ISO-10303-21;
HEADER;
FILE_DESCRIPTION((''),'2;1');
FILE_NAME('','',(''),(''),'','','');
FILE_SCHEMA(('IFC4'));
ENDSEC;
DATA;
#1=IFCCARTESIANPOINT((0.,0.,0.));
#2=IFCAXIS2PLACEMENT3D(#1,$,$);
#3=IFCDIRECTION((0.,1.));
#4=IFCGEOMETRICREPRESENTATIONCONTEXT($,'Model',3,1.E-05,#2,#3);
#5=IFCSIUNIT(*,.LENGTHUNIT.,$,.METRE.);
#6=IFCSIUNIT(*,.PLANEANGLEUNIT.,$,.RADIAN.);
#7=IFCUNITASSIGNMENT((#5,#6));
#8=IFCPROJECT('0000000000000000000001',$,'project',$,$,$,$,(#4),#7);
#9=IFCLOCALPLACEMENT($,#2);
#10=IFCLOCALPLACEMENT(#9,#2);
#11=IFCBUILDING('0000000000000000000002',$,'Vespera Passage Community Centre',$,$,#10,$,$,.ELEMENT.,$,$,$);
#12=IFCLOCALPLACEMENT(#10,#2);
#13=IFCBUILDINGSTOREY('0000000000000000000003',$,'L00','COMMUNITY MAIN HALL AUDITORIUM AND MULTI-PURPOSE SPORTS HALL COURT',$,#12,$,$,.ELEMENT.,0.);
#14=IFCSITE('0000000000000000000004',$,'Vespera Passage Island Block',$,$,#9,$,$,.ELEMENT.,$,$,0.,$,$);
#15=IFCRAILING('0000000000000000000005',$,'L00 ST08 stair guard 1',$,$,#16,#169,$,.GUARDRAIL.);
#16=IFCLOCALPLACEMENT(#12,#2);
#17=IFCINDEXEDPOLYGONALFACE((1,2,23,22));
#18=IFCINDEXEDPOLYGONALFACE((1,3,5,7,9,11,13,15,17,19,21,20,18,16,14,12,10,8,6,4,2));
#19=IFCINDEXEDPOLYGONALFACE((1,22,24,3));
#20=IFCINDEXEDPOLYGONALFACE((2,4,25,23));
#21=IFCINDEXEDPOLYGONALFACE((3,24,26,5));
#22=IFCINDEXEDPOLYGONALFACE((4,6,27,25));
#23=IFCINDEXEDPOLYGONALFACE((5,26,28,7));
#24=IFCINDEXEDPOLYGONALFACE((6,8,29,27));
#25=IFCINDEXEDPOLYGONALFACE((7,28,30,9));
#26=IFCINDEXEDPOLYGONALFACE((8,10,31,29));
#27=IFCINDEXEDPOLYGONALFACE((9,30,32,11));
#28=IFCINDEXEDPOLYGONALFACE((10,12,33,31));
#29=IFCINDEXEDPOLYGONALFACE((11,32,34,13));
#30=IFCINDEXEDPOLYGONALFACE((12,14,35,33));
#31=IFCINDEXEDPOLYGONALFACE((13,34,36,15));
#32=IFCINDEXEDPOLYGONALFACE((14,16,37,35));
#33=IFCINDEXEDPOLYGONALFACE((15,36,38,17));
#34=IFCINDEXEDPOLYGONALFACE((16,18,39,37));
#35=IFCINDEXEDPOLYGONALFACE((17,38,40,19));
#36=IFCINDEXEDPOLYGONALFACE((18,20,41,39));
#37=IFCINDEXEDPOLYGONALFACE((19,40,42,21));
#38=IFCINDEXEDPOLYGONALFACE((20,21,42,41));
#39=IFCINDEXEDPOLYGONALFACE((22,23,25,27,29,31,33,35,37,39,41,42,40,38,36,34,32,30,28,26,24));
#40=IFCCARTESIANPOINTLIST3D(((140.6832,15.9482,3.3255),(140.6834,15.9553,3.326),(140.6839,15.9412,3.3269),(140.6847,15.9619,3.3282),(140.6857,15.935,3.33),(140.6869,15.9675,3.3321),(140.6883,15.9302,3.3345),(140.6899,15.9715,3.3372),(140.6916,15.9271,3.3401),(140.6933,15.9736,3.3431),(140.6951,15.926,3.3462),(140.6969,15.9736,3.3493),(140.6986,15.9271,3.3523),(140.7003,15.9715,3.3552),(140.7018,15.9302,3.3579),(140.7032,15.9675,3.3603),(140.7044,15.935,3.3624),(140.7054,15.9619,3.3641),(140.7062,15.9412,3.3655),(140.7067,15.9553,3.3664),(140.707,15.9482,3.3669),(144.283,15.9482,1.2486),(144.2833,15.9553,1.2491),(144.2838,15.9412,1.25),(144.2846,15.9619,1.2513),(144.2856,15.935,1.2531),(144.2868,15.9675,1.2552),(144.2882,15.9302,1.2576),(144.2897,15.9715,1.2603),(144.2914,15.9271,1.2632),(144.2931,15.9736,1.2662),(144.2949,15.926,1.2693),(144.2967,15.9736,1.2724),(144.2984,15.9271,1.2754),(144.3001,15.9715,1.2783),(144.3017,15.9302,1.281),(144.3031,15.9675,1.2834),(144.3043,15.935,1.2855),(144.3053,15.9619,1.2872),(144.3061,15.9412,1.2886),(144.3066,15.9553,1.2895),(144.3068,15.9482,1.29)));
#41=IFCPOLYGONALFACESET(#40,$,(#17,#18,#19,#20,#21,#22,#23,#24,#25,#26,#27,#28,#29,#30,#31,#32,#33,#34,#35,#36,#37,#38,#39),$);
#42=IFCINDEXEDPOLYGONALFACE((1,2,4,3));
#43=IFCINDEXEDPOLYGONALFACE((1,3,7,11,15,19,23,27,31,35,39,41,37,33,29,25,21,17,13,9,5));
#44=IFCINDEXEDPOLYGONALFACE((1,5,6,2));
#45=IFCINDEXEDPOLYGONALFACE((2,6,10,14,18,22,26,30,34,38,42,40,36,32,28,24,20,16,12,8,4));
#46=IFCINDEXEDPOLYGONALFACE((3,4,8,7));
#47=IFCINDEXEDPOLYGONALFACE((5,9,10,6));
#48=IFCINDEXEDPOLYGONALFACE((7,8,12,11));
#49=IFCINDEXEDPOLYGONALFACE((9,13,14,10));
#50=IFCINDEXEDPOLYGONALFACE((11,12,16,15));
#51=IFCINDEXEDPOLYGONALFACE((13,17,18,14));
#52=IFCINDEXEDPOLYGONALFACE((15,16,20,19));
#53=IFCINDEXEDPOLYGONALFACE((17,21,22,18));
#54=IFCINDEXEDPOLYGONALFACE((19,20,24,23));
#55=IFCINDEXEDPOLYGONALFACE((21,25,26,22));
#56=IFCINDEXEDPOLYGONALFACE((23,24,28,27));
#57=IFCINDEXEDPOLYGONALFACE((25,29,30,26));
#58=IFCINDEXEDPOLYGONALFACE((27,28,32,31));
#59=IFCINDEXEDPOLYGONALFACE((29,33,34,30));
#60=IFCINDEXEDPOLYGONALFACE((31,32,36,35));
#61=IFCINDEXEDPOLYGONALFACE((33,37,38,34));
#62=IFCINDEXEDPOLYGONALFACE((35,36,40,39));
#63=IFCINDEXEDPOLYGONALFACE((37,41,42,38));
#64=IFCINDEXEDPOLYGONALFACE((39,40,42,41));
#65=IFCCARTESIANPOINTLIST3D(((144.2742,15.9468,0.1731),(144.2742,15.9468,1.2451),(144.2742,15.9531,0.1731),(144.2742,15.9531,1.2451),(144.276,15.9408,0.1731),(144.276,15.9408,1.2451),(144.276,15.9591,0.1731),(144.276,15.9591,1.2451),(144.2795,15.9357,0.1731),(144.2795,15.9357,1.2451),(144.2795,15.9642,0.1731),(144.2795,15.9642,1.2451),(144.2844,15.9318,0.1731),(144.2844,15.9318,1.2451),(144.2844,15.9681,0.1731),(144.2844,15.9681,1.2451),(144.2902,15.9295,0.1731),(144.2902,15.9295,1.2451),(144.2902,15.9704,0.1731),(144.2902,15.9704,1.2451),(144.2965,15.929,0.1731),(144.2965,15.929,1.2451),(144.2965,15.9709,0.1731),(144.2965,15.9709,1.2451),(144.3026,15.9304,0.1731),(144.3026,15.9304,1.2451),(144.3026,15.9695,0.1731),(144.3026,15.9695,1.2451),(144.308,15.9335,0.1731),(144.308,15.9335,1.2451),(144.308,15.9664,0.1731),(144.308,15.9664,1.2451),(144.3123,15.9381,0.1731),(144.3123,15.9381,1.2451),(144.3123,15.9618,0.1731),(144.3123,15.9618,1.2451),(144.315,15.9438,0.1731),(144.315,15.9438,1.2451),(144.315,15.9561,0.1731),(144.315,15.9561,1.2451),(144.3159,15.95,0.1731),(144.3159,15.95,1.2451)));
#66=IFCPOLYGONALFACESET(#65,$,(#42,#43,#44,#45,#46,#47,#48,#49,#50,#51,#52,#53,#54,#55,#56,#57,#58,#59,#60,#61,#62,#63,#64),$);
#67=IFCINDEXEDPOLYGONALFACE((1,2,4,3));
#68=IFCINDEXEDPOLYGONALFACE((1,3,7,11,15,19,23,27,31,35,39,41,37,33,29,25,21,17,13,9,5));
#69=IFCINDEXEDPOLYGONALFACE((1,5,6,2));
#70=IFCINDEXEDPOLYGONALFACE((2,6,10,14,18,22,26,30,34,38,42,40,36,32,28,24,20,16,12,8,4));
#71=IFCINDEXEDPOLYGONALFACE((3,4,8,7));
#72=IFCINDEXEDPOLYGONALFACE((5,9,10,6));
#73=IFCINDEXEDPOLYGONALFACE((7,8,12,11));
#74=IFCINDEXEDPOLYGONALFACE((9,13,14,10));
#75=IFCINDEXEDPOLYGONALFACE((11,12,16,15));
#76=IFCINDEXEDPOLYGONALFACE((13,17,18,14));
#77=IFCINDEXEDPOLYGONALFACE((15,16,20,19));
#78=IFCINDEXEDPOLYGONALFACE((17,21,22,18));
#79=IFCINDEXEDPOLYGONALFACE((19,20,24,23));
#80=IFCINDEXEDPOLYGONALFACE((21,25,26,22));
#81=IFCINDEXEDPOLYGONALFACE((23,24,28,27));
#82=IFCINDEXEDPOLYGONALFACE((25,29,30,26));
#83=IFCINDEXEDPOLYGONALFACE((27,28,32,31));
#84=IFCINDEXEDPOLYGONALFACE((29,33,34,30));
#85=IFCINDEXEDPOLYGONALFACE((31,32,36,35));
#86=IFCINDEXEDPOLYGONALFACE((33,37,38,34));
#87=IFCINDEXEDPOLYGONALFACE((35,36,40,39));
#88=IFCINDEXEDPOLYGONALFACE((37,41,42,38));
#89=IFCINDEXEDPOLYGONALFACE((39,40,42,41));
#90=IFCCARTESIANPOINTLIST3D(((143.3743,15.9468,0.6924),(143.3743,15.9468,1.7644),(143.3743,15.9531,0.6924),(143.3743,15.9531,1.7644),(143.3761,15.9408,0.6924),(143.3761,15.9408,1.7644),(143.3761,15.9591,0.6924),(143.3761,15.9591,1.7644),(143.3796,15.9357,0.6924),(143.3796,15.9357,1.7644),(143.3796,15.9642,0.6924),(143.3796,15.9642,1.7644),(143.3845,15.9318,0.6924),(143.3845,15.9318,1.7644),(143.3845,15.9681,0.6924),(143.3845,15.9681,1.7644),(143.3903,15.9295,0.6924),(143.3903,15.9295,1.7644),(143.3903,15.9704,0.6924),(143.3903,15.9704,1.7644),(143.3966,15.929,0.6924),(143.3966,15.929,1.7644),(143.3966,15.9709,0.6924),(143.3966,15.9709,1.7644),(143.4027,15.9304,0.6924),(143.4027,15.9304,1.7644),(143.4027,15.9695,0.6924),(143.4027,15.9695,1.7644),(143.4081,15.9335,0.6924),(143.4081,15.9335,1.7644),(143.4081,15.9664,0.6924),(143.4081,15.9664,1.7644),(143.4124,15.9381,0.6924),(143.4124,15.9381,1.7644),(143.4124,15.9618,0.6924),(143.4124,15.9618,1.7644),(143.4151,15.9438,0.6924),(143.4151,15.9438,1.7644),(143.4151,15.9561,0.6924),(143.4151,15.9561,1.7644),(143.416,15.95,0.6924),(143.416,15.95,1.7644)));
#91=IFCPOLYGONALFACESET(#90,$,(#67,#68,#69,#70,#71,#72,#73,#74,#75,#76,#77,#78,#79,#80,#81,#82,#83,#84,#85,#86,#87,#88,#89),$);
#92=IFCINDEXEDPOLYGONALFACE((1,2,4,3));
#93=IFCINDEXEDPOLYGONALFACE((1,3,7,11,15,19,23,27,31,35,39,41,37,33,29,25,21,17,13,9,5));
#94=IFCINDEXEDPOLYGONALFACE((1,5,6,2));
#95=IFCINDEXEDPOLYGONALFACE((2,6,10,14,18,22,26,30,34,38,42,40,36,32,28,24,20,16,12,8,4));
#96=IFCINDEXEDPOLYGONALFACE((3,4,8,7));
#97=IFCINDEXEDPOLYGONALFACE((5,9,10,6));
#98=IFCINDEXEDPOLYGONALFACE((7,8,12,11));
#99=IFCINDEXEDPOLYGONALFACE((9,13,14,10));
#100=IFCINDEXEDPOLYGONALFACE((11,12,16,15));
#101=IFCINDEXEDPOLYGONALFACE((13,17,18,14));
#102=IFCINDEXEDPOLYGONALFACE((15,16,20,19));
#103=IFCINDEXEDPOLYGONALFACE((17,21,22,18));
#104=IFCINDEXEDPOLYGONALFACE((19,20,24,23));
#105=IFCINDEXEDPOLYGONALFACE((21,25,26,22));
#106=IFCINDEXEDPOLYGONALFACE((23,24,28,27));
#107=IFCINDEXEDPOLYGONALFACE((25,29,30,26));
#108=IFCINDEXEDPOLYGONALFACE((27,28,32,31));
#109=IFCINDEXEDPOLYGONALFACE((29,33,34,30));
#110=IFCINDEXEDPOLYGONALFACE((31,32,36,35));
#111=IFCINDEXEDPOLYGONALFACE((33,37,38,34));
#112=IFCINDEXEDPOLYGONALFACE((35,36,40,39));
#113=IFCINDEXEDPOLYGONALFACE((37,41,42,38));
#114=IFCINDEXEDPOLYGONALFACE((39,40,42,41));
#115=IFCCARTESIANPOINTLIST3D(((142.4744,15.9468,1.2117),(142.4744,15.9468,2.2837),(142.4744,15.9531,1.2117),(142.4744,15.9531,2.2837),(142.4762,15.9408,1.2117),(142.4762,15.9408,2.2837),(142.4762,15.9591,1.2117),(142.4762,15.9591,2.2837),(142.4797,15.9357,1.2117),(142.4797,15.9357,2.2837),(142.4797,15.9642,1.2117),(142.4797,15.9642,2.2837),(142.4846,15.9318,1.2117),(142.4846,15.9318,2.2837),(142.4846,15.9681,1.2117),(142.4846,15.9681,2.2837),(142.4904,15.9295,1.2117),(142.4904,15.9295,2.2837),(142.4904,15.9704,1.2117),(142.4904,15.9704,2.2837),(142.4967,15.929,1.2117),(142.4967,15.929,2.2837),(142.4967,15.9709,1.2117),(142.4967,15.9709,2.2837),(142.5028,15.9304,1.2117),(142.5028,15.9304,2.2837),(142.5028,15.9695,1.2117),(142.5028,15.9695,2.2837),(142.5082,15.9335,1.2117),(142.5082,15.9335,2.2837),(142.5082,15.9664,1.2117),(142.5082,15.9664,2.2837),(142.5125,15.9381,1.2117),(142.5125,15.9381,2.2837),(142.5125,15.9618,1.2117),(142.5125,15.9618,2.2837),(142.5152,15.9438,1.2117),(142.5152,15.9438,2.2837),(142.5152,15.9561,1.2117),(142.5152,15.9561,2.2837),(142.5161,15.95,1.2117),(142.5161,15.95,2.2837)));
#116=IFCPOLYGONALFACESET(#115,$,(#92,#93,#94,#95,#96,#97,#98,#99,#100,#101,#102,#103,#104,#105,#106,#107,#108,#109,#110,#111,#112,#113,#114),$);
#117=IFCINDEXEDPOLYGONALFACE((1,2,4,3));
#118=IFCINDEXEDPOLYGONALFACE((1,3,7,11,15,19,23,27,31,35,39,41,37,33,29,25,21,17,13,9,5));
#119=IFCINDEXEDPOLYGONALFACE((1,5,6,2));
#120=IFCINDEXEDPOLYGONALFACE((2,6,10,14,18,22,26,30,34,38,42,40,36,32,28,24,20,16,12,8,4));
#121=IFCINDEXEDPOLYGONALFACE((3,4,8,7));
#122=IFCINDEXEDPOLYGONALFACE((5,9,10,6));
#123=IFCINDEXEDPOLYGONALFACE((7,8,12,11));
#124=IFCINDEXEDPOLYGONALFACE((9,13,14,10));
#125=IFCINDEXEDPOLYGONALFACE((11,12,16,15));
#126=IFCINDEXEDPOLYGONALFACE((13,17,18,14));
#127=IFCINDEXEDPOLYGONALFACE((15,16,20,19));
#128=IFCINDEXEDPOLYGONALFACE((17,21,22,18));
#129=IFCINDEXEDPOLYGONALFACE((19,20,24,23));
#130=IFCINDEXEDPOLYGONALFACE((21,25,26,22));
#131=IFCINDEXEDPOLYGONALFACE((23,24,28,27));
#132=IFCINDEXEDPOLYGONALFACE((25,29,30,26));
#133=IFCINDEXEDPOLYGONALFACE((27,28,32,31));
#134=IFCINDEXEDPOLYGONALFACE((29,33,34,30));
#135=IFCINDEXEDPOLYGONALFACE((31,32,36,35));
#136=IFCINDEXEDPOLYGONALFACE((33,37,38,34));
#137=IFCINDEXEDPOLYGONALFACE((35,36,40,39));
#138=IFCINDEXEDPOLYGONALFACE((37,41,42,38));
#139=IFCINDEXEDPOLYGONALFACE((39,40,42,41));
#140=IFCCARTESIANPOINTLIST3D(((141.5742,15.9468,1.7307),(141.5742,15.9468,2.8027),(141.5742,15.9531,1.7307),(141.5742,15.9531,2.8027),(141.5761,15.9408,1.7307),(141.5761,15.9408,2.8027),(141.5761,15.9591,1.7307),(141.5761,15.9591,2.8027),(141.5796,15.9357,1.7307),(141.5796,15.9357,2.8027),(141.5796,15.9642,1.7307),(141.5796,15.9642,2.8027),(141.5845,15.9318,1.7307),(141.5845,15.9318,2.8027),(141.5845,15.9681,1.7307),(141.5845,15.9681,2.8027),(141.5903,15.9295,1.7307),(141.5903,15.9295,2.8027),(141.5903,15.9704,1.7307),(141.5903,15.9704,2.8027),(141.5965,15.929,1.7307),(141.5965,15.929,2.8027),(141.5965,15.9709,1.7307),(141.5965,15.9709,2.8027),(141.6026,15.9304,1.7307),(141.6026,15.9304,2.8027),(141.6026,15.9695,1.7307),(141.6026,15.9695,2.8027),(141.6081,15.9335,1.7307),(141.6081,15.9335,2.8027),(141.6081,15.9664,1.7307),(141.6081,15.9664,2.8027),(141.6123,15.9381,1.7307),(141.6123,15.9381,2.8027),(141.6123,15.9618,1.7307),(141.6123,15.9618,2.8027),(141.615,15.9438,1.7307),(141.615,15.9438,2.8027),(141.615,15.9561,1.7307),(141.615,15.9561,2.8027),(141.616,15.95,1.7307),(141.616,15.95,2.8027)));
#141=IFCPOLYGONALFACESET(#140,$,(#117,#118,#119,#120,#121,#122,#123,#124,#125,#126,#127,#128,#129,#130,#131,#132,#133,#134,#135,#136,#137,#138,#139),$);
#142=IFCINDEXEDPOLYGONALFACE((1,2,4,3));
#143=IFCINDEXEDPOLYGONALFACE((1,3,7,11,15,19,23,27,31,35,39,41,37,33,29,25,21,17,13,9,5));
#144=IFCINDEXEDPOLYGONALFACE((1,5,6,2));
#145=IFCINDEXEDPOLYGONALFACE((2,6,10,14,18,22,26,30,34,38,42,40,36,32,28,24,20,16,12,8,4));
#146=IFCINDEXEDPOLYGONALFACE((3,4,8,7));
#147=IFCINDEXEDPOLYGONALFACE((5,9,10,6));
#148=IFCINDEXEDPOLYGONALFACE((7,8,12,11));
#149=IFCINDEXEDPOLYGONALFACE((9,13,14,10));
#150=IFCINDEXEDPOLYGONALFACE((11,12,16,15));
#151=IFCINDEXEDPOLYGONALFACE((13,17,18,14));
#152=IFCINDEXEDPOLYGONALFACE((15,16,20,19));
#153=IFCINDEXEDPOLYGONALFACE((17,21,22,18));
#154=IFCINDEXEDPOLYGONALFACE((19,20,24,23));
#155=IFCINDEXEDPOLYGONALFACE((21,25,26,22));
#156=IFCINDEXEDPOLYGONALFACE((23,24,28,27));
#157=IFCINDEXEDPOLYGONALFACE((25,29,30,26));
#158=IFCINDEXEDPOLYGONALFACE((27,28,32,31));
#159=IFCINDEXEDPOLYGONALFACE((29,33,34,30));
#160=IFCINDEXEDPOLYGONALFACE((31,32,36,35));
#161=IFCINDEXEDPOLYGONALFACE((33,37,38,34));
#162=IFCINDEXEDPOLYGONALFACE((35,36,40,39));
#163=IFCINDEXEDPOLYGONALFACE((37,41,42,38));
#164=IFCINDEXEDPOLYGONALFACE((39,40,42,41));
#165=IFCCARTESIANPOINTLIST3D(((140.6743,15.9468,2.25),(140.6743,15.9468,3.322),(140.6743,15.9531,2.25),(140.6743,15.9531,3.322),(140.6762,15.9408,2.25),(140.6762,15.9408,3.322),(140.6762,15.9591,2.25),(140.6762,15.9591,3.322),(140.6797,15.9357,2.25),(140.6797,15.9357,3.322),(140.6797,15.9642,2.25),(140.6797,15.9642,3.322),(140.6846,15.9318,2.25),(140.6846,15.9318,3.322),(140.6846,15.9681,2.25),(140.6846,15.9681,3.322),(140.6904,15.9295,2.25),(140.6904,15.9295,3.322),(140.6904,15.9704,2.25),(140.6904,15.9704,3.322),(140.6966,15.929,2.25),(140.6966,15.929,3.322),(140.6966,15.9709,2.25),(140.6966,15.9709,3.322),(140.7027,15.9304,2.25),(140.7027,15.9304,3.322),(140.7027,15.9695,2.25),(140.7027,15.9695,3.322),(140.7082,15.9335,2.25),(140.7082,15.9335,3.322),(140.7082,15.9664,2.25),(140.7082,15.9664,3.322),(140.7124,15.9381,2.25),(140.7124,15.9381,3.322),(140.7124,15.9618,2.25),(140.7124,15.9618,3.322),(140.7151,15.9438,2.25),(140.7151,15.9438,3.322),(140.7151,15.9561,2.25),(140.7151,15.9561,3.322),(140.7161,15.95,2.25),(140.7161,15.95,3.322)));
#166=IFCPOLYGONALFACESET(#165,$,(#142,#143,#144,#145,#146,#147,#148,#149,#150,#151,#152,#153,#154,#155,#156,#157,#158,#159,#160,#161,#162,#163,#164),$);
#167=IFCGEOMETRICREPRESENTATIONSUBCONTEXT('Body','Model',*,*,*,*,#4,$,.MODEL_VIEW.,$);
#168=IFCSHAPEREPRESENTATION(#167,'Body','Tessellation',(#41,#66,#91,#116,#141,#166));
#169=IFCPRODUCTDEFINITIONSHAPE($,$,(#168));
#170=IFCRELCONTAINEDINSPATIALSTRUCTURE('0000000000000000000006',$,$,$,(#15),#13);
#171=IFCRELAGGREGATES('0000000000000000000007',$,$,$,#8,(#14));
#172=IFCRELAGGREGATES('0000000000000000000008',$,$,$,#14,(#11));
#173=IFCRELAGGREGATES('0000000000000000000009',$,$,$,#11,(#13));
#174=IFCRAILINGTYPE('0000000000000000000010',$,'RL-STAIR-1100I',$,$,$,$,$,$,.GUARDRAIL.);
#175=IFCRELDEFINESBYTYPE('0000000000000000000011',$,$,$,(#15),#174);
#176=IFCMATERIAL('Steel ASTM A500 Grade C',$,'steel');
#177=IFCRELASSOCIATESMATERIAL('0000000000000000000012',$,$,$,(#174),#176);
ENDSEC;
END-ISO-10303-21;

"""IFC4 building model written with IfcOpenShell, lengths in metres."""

from ifc_helpers import new_model, si_unit, direction, frame, origin, origin_2d, place, context, subcontext, project, spatial, circle, extrude, material, type_object, element, save


model = new_model("IFC4")

# Units and contexts
model_context = context("Model", 3, precision=1e-05, world=origin(), true_north=direction((0.0, 1.0)))
body_context = subcontext(model_context, "Body", "Model", "MODEL_VIEW")
ifc_project = project(units=[si_unit("LENGTHUNIT", "METRE"), si_unit("PLANEANGLEUNIT", "RADIAN")], contexts=[model_context])

# Site, building, storey
site_placement = place(None, origin())
site = spatial("IfcSite", under=ifc_project, at=site_placement, Name="Vespera Passage Island Block", CompositionType="ELEMENT", RefElevation=0.0)
building_placement = place(site_placement, origin())
building = spatial("IfcBuilding", under=site, at=building_placement, Name="Vespera Passage Community Centre", CompositionType="ELEMENT")
storey_placement = place(building_placement, origin())
storey = spatial("IfcBuildingStorey", under=building, at=storey_placement, Name="L00", Description="COMMUNITY MAIN HALL AUDITORIUM AND MULTI-PURPOSE SPORTS HALL COURT", CompositionType="ELEMENT", Elevation=0.0)

# Railing
ifc_material_1 = material(Name="Steel ASTM A500 Grade C", Category="steel")
railing_type_1 = type_object("IfcRailingType", Name="RL-STAIR-1100I", PredefinedType="GUARDRAIL", material=ifc_material_1)
railing_1_placement = place(storey_placement, frame((144.2949, 15.95, 0.1731)))
element("IfcRailing", 1, at=railing_1_placement, inside=storey, type_object=railing_type_1, Name="L00 ST08 stair guard 1", PredefinedType="GUARDRAIL", context=body_context, shape_type="SweptSolid", body=[
    extrude(circle(Radius=0.0239, at=origin_2d()), frame((0.0, 0.0, 1.0962), z_axis=(-0.866179, 0.0, 0.499734), x_axis=(0.0, -1.0, 0.0)), (0.0, 0.0, 1.0), 4.156),
    extrude(circle(Radius=0.021, at=origin_2d()), origin(), (0.0, 0.0, 1.0), 1.072),
    extrude(circle(Radius=0.021, at=origin_2d()), frame((-0.8999, 0.0, 0.5193)), (0.0, 0.0, 1.0), 1.072),
    extrude(circle(Radius=0.021, at=origin_2d()), frame((-1.7998, 0.0, 1.0386)), (0.0, 0.0, 1.0), 1.072),
    extrude(circle(Radius=0.021, at=origin_2d()), frame((-2.7, 0.0, 1.5576)), (0.0, 0.0, 1.0), 1.072),
    extrude(circle(Radius=0.021, at=origin_2d()), frame((-3.5999, 0.0, 2.0769)), (0.0, 0.0, 1.0), 1.072),
])

save(model, "model.ifc")
